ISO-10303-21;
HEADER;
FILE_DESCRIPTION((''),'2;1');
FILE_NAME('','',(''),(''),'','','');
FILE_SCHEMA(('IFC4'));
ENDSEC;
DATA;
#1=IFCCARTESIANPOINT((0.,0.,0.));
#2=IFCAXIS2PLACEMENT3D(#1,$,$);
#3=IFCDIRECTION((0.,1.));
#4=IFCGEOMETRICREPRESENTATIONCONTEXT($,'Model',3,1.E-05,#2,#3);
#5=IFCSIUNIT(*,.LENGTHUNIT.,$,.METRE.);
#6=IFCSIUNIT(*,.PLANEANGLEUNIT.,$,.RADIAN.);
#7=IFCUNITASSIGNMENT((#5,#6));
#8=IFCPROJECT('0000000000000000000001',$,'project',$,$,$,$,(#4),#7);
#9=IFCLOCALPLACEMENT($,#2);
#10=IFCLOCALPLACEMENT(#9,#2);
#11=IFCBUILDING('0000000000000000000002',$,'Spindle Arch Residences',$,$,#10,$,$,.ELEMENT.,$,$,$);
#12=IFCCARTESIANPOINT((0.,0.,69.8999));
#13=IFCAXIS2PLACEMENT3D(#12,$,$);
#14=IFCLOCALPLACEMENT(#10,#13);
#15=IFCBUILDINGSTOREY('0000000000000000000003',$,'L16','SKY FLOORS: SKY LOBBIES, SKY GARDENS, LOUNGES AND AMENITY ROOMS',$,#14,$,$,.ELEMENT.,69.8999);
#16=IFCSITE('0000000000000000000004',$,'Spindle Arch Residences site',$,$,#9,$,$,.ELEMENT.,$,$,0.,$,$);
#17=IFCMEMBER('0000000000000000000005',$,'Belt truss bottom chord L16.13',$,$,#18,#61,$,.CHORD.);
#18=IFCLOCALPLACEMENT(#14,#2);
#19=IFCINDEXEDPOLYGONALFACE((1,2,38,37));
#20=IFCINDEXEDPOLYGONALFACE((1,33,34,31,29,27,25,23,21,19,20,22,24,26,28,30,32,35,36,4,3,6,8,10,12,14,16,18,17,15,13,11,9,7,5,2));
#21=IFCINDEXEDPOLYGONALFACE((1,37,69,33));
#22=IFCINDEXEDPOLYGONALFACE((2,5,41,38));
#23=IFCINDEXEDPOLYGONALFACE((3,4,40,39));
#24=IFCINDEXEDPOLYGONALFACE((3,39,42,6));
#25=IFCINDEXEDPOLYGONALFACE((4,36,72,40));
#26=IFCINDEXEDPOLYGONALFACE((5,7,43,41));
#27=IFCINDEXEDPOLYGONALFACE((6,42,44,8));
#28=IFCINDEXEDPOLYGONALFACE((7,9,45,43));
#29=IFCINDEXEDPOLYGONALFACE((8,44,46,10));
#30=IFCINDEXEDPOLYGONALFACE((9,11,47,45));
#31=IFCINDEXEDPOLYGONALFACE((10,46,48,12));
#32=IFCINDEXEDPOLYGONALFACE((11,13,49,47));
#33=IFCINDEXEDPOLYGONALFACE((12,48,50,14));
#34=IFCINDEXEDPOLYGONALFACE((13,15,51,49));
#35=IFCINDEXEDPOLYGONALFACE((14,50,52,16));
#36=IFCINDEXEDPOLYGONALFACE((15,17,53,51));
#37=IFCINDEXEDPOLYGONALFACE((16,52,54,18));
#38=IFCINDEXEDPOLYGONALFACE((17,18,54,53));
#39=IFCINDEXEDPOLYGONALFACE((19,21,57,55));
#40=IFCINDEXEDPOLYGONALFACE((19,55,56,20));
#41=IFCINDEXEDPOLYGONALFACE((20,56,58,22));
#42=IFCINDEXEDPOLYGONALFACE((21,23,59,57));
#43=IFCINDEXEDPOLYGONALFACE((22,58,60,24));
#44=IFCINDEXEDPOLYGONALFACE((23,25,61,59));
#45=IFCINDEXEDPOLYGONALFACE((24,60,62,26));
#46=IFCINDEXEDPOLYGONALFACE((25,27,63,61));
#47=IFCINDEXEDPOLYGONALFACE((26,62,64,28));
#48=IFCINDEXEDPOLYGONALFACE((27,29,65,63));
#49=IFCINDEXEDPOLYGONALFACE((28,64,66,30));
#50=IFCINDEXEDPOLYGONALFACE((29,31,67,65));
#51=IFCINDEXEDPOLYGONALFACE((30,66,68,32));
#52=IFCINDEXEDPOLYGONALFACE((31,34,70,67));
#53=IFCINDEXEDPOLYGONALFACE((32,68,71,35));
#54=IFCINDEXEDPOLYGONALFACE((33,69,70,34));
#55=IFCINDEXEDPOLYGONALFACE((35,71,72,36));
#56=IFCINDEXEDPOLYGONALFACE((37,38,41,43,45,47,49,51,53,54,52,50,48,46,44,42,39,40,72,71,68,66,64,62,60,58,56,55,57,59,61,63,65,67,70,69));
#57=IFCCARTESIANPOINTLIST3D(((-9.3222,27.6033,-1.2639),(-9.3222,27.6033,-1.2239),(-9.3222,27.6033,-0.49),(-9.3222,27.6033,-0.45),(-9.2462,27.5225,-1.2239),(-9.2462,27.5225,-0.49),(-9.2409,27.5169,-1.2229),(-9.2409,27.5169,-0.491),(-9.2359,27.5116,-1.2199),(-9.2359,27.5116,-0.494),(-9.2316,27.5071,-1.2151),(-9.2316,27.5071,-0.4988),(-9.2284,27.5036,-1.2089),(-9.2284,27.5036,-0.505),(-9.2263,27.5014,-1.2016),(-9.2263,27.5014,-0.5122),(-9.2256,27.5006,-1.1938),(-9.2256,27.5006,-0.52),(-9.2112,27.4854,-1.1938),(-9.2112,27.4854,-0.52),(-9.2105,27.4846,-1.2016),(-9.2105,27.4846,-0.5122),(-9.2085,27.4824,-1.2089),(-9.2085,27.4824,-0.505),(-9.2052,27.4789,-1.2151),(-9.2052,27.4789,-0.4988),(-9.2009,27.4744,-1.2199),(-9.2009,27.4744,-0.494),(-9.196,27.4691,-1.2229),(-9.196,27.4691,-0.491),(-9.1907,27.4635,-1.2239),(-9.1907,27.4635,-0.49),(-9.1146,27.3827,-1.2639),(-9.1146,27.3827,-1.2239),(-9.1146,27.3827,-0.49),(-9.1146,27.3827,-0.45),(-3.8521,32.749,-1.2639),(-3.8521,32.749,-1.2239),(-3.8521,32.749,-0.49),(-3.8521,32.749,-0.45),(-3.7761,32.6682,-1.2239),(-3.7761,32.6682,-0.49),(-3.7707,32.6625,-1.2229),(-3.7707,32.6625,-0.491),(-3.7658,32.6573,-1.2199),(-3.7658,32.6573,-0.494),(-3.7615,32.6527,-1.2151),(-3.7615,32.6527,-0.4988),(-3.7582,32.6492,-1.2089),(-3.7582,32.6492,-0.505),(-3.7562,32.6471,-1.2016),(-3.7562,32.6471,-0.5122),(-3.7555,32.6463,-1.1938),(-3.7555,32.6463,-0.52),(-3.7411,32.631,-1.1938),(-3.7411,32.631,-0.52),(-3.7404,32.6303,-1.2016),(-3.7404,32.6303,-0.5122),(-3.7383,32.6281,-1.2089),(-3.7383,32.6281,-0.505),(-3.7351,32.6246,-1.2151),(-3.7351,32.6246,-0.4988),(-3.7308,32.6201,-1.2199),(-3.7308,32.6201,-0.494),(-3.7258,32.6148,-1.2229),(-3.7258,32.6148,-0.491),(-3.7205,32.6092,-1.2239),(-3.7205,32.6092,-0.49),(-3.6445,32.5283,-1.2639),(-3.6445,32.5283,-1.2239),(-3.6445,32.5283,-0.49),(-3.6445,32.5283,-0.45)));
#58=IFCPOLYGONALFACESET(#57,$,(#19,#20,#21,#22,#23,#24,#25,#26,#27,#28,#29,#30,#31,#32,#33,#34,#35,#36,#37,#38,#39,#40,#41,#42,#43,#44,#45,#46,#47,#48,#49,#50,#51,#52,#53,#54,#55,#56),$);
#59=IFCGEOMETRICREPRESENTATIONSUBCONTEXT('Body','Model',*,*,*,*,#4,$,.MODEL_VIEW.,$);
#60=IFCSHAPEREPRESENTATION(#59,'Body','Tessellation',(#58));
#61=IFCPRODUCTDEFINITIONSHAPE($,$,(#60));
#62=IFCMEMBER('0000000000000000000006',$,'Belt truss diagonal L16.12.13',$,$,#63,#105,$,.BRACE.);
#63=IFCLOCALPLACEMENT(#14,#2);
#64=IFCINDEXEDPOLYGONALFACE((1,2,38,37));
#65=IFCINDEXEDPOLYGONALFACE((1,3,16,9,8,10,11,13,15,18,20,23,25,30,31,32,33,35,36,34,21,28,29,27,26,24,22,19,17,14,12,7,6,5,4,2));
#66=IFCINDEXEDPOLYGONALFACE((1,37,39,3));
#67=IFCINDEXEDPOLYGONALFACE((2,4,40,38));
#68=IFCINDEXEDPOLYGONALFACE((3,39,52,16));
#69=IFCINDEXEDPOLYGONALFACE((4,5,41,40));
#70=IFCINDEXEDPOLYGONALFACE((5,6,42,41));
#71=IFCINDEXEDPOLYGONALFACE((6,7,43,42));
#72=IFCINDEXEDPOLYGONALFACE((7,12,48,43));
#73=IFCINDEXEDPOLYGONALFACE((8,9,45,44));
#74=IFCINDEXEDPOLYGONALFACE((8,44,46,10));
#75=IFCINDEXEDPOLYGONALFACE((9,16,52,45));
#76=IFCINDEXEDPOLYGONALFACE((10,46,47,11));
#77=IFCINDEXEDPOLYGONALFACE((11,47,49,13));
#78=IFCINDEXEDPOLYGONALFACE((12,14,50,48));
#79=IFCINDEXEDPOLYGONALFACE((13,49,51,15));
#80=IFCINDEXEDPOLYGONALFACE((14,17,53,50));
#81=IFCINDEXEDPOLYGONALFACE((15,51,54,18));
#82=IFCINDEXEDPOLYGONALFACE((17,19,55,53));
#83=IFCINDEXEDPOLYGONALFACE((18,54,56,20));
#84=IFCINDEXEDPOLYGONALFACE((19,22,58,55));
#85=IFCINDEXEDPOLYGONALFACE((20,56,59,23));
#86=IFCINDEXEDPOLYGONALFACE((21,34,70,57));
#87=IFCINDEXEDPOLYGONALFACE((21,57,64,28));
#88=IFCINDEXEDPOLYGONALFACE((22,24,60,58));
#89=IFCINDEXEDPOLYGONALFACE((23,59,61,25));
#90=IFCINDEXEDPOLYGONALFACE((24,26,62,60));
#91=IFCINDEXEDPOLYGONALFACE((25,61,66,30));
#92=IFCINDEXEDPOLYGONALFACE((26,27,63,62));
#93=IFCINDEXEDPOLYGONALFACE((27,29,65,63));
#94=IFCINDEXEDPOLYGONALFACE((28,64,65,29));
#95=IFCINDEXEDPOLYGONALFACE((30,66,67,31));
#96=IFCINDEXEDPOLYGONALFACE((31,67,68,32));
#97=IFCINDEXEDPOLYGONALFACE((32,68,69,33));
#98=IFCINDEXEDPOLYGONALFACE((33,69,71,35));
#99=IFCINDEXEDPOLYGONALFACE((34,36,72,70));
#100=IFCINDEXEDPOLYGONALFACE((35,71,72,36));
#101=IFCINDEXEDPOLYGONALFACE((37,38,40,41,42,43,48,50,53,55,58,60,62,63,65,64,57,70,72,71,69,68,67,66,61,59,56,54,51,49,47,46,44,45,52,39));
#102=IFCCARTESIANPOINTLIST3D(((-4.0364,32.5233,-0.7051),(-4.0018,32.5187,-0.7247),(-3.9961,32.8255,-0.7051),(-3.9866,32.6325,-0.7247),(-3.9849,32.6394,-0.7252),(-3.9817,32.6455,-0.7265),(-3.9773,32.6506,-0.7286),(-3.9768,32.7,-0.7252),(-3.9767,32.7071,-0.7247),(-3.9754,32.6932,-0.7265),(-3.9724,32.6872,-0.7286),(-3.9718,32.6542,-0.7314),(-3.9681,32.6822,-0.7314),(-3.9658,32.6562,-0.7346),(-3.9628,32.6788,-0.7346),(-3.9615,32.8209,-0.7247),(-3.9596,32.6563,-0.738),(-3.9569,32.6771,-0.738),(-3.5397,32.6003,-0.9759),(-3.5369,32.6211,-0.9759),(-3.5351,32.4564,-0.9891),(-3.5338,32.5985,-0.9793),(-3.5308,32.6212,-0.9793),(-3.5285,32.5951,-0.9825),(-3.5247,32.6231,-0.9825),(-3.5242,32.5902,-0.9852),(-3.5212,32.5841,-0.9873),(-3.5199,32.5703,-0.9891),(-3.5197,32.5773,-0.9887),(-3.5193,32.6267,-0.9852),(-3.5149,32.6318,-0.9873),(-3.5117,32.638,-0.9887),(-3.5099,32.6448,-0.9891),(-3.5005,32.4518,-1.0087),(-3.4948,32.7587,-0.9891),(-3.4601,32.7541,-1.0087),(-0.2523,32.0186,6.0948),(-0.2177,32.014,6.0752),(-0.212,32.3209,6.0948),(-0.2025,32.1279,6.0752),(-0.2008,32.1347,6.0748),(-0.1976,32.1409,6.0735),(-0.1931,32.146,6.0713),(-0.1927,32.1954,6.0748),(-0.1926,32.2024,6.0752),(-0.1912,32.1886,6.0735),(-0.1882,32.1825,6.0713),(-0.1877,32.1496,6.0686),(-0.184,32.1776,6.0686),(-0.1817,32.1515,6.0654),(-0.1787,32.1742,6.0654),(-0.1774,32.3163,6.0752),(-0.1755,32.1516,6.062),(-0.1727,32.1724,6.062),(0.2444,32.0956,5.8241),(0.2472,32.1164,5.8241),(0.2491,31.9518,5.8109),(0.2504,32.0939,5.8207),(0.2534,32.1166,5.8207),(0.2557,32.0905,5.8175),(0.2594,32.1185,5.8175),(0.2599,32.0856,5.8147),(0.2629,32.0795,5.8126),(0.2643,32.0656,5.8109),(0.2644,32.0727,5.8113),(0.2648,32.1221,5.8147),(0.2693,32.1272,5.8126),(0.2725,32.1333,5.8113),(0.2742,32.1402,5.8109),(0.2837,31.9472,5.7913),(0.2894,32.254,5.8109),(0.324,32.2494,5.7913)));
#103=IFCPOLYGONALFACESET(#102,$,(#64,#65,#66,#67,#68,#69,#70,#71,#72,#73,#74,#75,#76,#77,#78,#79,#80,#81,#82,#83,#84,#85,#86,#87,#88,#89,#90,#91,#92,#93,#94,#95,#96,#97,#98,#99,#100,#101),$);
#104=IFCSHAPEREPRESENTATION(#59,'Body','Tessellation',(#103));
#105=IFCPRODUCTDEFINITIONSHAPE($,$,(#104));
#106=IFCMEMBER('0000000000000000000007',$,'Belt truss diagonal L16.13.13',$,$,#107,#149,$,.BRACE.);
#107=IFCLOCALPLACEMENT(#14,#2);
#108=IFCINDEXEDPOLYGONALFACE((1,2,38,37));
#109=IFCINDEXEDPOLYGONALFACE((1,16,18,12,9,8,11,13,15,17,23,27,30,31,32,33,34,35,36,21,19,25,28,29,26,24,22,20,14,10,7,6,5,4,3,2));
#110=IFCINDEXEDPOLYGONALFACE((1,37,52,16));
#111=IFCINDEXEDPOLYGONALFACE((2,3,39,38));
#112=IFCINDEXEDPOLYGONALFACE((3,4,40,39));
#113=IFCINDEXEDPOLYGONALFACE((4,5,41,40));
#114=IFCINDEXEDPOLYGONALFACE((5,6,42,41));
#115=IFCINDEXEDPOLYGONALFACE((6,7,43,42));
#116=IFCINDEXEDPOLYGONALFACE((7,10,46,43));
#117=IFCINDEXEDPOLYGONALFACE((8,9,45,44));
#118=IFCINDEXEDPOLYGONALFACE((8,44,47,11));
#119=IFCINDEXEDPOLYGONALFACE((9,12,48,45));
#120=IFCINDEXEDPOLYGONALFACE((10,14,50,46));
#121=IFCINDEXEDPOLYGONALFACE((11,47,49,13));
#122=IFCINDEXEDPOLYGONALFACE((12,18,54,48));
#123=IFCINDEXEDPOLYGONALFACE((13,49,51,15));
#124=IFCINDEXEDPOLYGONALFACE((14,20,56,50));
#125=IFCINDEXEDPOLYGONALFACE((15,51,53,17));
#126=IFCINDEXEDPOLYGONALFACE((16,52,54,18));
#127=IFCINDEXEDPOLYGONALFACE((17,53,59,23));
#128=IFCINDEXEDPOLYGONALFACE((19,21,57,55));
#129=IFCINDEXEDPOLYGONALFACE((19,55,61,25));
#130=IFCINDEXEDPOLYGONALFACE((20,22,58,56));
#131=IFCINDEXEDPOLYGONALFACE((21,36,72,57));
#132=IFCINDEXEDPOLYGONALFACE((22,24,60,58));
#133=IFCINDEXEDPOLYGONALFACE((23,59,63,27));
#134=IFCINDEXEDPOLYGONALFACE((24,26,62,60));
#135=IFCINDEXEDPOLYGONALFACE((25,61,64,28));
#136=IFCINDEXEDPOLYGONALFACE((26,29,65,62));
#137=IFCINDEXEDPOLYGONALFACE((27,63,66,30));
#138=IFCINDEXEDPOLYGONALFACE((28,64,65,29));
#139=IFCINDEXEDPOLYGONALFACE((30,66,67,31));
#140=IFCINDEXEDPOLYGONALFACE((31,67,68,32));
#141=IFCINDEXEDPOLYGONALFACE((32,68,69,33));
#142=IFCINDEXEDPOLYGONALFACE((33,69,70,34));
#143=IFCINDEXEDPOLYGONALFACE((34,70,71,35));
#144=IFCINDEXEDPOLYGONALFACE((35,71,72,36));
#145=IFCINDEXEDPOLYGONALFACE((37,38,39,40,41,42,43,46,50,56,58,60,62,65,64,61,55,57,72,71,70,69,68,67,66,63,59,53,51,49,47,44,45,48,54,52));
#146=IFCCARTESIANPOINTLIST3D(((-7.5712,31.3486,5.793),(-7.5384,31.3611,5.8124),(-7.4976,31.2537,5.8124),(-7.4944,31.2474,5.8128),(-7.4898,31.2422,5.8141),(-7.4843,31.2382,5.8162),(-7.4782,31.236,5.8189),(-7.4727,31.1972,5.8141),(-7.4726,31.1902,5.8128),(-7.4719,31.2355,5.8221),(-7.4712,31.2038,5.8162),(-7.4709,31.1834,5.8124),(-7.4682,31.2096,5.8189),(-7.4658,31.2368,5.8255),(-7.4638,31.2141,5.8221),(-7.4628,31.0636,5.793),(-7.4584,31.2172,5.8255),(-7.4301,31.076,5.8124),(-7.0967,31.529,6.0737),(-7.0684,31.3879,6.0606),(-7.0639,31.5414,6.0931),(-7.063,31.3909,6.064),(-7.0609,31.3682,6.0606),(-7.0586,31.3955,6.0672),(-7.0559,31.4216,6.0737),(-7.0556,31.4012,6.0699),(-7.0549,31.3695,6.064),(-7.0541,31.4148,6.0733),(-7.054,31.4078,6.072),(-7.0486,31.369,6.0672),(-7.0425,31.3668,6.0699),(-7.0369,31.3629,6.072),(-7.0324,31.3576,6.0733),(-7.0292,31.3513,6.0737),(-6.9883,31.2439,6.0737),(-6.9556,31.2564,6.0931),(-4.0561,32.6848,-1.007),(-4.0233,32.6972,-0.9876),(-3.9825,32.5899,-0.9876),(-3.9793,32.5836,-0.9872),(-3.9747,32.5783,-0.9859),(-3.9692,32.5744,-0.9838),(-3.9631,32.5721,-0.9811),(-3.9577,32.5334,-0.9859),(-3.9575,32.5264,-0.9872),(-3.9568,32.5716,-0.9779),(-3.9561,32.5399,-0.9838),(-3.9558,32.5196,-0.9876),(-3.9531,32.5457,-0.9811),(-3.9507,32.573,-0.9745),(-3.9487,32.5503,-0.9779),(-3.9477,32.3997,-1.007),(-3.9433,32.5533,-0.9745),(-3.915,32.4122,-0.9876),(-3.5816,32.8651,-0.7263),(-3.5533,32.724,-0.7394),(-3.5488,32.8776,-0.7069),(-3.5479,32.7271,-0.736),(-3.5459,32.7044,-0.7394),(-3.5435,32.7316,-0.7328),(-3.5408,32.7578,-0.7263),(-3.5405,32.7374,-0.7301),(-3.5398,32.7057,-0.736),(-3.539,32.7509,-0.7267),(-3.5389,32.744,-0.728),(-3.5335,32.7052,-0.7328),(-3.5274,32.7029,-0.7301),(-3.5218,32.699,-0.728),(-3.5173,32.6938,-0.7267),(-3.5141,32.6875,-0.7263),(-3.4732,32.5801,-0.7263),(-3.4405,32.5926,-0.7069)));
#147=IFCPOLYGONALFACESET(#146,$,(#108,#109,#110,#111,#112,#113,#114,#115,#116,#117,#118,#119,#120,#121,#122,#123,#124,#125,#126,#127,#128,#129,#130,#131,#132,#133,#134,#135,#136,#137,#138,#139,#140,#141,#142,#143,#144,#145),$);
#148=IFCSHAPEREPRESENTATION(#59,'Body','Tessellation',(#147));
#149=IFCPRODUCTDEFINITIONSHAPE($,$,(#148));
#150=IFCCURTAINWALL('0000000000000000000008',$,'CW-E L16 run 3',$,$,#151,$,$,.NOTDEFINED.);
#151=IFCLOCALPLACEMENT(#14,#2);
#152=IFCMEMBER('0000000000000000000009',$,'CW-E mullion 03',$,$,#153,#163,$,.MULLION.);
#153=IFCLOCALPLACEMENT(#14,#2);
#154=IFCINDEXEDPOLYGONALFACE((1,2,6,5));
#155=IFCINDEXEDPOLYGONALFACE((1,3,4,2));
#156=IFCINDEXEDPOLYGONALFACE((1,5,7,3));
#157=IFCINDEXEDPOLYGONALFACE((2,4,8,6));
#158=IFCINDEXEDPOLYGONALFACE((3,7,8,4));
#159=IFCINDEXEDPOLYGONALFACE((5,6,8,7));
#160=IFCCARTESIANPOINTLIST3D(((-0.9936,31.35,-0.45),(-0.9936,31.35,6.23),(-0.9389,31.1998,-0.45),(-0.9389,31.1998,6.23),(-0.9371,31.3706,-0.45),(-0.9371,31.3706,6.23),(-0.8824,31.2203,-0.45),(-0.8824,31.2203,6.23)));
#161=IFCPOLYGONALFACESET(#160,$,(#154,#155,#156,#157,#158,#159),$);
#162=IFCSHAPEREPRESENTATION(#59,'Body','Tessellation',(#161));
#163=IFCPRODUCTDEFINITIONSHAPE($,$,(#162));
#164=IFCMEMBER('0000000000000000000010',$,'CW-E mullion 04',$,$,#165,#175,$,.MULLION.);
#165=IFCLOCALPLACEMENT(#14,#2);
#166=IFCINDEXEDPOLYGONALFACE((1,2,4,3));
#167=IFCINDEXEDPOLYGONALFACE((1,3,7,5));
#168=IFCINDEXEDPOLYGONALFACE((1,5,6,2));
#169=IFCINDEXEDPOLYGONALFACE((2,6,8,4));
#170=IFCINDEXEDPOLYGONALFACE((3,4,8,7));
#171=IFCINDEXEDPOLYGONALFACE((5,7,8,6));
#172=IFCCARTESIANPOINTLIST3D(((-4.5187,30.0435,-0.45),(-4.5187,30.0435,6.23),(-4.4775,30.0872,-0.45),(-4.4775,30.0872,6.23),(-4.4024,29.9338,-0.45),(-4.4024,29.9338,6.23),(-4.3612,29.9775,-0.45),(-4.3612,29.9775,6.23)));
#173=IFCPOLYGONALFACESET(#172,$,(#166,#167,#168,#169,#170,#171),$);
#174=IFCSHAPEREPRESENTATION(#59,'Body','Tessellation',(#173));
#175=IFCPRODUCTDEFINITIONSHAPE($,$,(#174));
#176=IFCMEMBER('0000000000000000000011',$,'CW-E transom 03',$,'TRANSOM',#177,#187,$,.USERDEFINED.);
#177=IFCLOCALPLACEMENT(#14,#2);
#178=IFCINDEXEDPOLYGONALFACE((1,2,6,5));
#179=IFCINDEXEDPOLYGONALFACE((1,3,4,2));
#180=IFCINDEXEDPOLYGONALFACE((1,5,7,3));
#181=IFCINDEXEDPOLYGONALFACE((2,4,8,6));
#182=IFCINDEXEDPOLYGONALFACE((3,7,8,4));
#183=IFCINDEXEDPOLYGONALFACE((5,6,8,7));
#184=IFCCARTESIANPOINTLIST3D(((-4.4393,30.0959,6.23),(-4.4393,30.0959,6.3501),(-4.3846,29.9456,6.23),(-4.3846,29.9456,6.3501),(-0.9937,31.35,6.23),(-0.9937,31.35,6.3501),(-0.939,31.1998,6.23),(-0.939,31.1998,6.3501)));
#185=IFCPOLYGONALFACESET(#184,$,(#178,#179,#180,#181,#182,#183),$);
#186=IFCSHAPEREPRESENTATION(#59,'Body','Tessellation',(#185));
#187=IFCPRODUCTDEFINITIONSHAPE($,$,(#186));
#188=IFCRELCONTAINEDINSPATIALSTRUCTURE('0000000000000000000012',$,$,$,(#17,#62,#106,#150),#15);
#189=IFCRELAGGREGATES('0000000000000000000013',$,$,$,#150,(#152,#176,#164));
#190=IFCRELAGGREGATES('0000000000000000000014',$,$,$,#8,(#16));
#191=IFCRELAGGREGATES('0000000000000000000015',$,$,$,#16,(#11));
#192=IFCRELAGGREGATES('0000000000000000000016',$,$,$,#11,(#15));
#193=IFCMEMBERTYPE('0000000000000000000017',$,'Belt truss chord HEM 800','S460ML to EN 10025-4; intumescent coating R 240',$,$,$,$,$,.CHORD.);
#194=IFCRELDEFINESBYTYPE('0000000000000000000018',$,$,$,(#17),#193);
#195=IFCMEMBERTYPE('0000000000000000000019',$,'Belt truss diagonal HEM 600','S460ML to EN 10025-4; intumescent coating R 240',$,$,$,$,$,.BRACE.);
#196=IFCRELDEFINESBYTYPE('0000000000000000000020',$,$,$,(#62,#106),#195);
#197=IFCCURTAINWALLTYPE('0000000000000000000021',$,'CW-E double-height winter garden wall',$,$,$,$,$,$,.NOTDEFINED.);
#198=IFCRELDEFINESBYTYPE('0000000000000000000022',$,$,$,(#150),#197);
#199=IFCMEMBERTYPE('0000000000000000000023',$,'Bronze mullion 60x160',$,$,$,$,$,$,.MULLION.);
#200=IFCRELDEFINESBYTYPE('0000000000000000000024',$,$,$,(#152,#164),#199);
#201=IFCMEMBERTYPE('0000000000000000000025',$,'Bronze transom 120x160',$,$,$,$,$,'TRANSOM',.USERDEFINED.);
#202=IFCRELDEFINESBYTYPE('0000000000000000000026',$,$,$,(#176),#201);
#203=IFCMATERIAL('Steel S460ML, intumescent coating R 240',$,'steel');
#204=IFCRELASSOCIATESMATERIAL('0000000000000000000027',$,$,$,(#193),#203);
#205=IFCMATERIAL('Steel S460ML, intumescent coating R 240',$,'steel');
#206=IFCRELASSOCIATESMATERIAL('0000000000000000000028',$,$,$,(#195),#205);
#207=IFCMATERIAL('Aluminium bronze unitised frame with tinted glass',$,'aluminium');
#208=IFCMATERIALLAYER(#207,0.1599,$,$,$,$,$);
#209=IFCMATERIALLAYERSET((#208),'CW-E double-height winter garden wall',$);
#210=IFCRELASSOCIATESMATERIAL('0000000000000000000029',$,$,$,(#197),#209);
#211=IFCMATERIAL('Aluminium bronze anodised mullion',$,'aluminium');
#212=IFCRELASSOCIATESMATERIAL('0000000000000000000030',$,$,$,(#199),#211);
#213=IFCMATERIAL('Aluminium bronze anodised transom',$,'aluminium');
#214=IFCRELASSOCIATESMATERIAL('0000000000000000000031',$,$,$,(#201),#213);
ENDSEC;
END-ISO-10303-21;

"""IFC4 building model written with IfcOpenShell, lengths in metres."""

from ifc_helpers import new_model, si_unit, direction, frame, origin, origin_2d, place, context, subcontext, project, spatial, rectangle, i_section, extrude, material, layer, layer_set, material_profile, profile_set, type_object, element, aggregate, save


model = new_model("IFC4")

# Units and contexts
model_context = context("Model", 3, precision=1e-05, world=origin(), true_north=direction((0.0, 1.0)))
body_context = subcontext(model_context, "Body", "Model", "MODEL_VIEW")
ifc_project = project(units=[si_unit("LENGTHUNIT", "METRE"), si_unit("PLANEANGLEUNIT", "RADIAN")], contexts=[model_context])

# Site, building, storey
site_placement = place(None, origin())
site = spatial("IfcSite", under=ifc_project, at=site_placement, Name="Spindle Arch Residences site", CompositionType="ELEMENT", RefElevation=0.0)
building_placement = place(site_placement, origin())
building = spatial("IfcBuilding", under=site, at=building_placement, Name="Spindle Arch Residences", CompositionType="ELEMENT")
storey_placement = place(building_placement, frame((0.0, 0.0, 69.8999)))
storey = spatial("IfcBuildingStorey", under=building, at=storey_placement, Name="L16", Description="SKY FLOORS: SKY LOBBIES, SKY GARDENS, LOUNGES AND AMENITY ROOMS", CompositionType="ELEMENT", Elevation=69.8999)

# Members
ifc_material_1 = material(Name="Steel S460ML, intumescent coating R 240", Category="steel")
ifc_material_profile_1 = material_profile(ifc_material_1, i_section(OverallWidth=0.303, OverallDepth=0.814, WebThickness=0.021, FlangeThickness=0.04, FilletRadius=0.03, at=origin_2d()), Name="HEM 800")
ifc_profile_set_1 = profile_set([ifc_material_profile_1], Name="Steel S460ML, intumescent coating R 240")
member_type_1 = type_object("IfcMemberType", Name="Belt truss chord HEM 800", Description="S460ML to EN 10025-4; intumescent coating R 240", PredefinedType="CHORD", material=ifc_profile_set_1)
member_1_placement = place(storey_placement, frame((-3.7483, 32.6387, -0.8569), z_axis=(-0.728378, -0.685175, 0.0), x_axis=(0.685175, -0.728378, 0.0)))
element("IfcMember", 1, at=member_1_placement, inside=storey, type_object=member_type_1, Name="Belt truss bottom chord L16.13", PredefinedType="CHORD", context=body_context, shape_type="SweptSolid", body=[
    extrude(i_section(OverallWidth=0.303, OverallDepth=0.814, WebThickness=0.021, FlangeThickness=0.04, FilletRadius=0.03, at=origin_2d()), origin(), (0.0, 0.0, 1.0), 7.51),
])
ifc_material_2 = material(Name="Steel S460ML, intumescent coating R 240", Category="steel")
ifc_material_profile_2 = material_profile(ifc_material_2, i_section(OverallWidth=0.3049, OverallDepth=0.6201, WebThickness=0.021, FlangeThickness=0.04, FilletRadius=0.0271, at=origin_2d()), Name="HEM 600")
ifc_profile_set_2 = profile_set([ifc_material_profile_2], Name="Steel S460ML, intumescent coating R 240")
member_type_2 = type_object("IfcMemberType", Name="Belt truss diagonal HEM 600", Description="S460ML to EN 10025-4; intumescent coating R 240", PredefinedType="BRACE", material=ifc_profile_set_2)
member_2_placement = place(storey_placement, frame((-3.7483, 32.6387, -0.8569), z_axis=(0.48525, -0.06471, 0.871978), x_axis=(0.132185, 0.991225, 0.0)))
element("IfcMember", 2, at=member_2_placement, inside=storey, type_object=member_type_2, Name="Belt truss diagonal L16.12.13", PredefinedType="BRACE", context=body_context, shape_type="SweptSolid", body=[
    extrude(i_section(OverallWidth=0.3049, OverallDepth=0.6201, WebThickness=0.021, FlangeThickness=0.04, FilletRadius=0.0271, at=origin_2d()), origin(), (0.0, 0.0, 1.0), 7.7983),
])
member_3_placement = place(storey_placement, frame((-3.7483, 32.6387, -0.8569), z_axis=(-0.452364, -0.171953, 0.8751), x_axis=(0.355318, -0.934746, 0.0)))
element("IfcMember", 3, at=member_3_placement, inside=storey, type_object=member_type_2, Name="Belt truss diagonal L16.13.13", PredefinedType="BRACE", context=body_context, shape_type="SweptSolid", body=[
    extrude(i_section(OverallWidth=0.3049, OverallDepth=0.6201, WebThickness=0.021, FlangeThickness=0.04, FilletRadius=0.0271, at=origin_2d()), origin(), (0.0, 0.0, 1.0), 7.7705),
])

# Curtain wall, members
ifc_material_3 = material(Name="Aluminium bronze unitised frame with tinted glass", Category="aluminium")
ifc_layer_1 = layer(ifc_material_3, 0.1599)
ifc_layer_set_1 = layer_set([ifc_layer_1], Name="CW-E double-height winter garden wall")
curtain_wall_type = type_object("IfcCurtainWallType", Name="CW-E double-height winter garden wall", PredefinedType="NOTDEFINED", material=ifc_layer_set_1)
curtain_wall_placement = place(storey_placement, origin())
curtain_wall = element("IfcCurtainWall", 4, at=curtain_wall_placement, inside=storey, type_object=curtain_wall_type, Name="CW-E L16 run 3", PredefinedType="NOTDEFINED")
ifc_material_4 = material(Name="Aluminium bronze anodised mullion", Category="aluminium")
ifc_material_profile_3 = material_profile(ifc_material_4, rectangle(XDim=0.1599, YDim=0.0601, at=origin_2d()), Name="MU 60x160")
ifc_profile_set_3 = profile_set([ifc_material_profile_3], Name="Aluminium bronze anodised mullion")
member_type_3 = type_object("IfcMemberType", Name="Bronze mullion 60x160", PredefinedType="MULLION", material=ifc_profile_set_3)
member_4_placement = place(storey_placement, frame((-0.938, 31.2852, -0.45), z_axis=(0.0, 0.0, 1.0), x_axis=(0.34202, -0.939693, 0.0)))
member_4 = element("IfcMember", 5, at=member_4_placement, type_object=member_type_3, Name="CW-E mullion 03", PredefinedType="MULLION", context=body_context, shape_type="SweptSolid", body=[
    extrude(rectangle(XDim=0.1599, YDim=0.0601, at=origin_2d()), origin(), (0.0, 0.0, 1.0), 6.6799),
])
member_5_placement = place(storey_placement, frame((-4.4399, 30.0105, -0.45), z_axis=(0.0, 0.0, 1.0), x_axis=(0.727374, -0.686242, 0.0)))
member_5 = element("IfcMember", 6, at=member_5_placement, type_object=member_type_3, Name="CW-E mullion 04", PredefinedType="MULLION", context=body_context, shape_type="SweptSolid", body=[
    extrude(rectangle(XDim=0.1599, YDim=0.0601, at=origin_2d()), origin(), (0.0, 0.0, 1.0), 6.6799),
])
ifc_material_5 = material(Name="Aluminium bronze anodised transom", Category="aluminium")
ifc_material_profile_4 = material_profile(ifc_material_5, rectangle(XDim=0.1599, YDim=0.1201, at=origin_2d()), Name="TR 120x160")
ifc_profile_set_4 = profile_set([ifc_material_profile_4], Name="Aluminium bronze anodised transom")
member_type_4 = type_object("IfcMemberType", Name="Bronze transom 120x160", ElementType="TRANSOM", PredefinedType="USERDEFINED", material=ifc_profile_set_4)
member_6_placement = place(storey_placement, frame((-0.9663, 31.2749, 6.29), z_axis=(-0.939686, -0.342037, 0.0), x_axis=(0.342037, -0.939686, 0.0)))
member_6 = element("IfcMember", 7, at=member_6_placement, type_object=member_type_4, Name="CW-E transom 03", ObjectType="TRANSOM", PredefinedType="USERDEFINED", context=body_context, shape_type="SweptSolid", body=[
    extrude(rectangle(XDim=0.1599, YDim=0.1201, at=origin_2d()), origin(), (0.0, 0.0, 1.0), 3.6667),
])

aggregate(curtain_wall, [member_4, member_6, member_5])

save(model, "model.ifc")
